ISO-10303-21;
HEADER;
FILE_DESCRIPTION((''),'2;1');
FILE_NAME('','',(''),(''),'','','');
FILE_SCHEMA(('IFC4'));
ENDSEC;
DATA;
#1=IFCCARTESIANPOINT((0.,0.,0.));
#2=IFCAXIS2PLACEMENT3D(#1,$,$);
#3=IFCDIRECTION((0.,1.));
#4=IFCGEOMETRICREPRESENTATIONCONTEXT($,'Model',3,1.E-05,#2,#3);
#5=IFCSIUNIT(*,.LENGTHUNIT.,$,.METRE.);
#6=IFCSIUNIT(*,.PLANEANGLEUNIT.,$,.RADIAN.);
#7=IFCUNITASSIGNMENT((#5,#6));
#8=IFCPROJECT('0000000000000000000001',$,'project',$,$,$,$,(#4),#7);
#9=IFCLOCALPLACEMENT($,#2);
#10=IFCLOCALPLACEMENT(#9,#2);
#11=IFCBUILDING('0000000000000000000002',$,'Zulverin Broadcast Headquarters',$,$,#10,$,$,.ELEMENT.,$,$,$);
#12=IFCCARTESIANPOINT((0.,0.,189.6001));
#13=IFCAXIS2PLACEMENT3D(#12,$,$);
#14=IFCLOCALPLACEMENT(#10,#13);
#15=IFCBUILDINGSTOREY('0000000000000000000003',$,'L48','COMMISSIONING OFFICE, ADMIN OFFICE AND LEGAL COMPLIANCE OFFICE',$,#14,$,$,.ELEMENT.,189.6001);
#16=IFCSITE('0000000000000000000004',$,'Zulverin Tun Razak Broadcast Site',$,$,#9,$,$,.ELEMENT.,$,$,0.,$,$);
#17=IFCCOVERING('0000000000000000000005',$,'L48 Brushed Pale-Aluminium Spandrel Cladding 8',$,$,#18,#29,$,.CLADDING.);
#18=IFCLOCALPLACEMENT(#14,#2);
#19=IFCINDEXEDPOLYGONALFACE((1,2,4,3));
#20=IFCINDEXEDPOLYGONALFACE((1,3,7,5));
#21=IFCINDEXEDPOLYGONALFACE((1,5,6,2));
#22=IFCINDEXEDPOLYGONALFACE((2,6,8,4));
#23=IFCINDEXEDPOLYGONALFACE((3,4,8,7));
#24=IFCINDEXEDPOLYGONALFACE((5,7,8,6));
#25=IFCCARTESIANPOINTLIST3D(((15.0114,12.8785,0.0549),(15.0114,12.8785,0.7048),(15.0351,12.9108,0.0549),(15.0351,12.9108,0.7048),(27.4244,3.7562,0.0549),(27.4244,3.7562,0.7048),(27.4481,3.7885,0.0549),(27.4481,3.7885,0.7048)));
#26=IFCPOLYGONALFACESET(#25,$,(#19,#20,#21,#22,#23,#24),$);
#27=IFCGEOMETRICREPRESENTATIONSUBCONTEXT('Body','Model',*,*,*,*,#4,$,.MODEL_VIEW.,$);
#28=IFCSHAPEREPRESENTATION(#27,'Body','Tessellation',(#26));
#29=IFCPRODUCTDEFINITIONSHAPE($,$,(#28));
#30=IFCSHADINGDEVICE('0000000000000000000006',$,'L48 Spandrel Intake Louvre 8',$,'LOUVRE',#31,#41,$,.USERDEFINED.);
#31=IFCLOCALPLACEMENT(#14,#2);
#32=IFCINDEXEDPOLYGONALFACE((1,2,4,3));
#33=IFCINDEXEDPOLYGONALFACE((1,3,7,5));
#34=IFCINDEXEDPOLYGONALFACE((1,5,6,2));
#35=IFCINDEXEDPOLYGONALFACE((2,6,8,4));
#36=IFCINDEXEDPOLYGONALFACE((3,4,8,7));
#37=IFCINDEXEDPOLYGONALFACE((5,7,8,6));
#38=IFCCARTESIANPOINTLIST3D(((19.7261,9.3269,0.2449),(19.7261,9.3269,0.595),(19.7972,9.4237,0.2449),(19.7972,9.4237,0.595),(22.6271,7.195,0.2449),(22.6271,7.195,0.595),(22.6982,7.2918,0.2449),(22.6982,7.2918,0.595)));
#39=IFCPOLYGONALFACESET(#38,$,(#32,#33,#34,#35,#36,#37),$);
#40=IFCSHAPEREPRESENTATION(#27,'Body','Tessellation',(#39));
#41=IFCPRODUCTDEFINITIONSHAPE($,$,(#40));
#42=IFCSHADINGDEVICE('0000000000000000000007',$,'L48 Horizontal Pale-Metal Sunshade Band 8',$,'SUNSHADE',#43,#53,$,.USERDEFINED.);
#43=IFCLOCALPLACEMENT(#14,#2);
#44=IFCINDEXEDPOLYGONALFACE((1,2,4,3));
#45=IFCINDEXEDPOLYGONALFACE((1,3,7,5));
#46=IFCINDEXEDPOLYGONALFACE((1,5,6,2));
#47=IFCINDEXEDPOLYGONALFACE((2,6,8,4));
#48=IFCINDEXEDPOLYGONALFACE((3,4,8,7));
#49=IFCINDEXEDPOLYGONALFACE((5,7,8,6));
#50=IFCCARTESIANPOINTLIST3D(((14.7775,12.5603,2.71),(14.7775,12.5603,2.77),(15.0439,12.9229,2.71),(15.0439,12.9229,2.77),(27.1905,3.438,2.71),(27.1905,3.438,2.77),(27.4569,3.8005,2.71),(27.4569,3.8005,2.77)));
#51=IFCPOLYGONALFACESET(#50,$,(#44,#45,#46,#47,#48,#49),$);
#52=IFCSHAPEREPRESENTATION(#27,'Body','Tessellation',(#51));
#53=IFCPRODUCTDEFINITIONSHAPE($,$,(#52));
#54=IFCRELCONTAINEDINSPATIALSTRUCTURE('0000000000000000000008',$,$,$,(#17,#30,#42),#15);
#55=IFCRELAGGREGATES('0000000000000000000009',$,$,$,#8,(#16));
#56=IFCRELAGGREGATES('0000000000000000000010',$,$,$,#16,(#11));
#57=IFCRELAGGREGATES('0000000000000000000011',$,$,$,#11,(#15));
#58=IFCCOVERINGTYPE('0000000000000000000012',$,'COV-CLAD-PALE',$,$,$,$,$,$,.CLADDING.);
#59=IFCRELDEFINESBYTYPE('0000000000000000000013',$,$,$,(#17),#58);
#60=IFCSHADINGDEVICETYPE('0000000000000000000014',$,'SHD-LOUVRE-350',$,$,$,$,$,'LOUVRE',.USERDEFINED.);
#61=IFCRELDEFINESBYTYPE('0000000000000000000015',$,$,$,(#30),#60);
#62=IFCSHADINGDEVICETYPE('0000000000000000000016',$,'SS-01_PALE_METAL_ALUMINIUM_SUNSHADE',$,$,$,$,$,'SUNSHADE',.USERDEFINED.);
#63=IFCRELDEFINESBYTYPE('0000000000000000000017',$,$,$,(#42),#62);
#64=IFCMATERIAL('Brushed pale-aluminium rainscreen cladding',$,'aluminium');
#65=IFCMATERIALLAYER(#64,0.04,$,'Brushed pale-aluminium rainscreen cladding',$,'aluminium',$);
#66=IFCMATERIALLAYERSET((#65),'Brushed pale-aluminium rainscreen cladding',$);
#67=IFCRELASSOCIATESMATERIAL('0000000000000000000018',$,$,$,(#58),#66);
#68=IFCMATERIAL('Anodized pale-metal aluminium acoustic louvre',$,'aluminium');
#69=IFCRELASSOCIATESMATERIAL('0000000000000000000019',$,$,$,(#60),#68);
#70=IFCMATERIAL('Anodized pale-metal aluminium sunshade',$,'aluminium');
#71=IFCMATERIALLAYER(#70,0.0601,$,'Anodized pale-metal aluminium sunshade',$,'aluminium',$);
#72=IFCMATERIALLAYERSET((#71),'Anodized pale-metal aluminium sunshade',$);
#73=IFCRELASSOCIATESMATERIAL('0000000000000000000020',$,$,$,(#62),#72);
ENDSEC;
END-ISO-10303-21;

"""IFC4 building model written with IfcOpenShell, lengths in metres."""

from ifc_helpers import new_model, si_unit, direction, frame, origin, origin_2d, place, context, subcontext, project, spatial, rectangle, extrude, material, layer, layer_set, type_object, element, save


model = new_model("IFC4")

# Units and contexts
model_context = context("Model", 3, precision=1e-05, world=origin(), true_north=direction((0.0, 1.0)))
body_context = subcontext(model_context, "Body", "Model", "MODEL_VIEW")
ifc_project = project(units=[si_unit("LENGTHUNIT", "METRE"), si_unit("PLANEANGLEUNIT", "RADIAN")], contexts=[model_context])

# Site, building, storey
site_placement = place(None, origin())
site = spatial("IfcSite", under=ifc_project, at=site_placement, Name="Zulverin Tun Razak Broadcast Site", CompositionType="ELEMENT", RefElevation=0.0)
building_placement = place(site_placement, origin())
building = spatial("IfcBuilding", under=site, at=building_placement, Name="Zulverin Broadcast Headquarters", CompositionType="ELEMENT")
storey_placement = place(building_placement, frame((0.0, 0.0, 189.6001)))
storey = spatial("IfcBuildingStorey", under=building, at=storey_placement, Name="L48", Description="COMMISSIONING OFFICE, ADMIN OFFICE AND LEGAL COMPLIANCE OFFICE", CompositionType="ELEMENT", Elevation=189.6001)

# Covering
ifc_material_1 = material(Name="Brushed pale-aluminium rainscreen cladding", Category="aluminium")
ifc_layer_1 = layer(ifc_material_1, 0.04, Name="Brushed pale-aluminium rainscreen cladding", Category="aluminium")
ifc_layer_set_1 = layer_set([ifc_layer_1], Name="Brushed pale-aluminium rainscreen cladding")
covering_type = type_object("IfcCoveringType", Name="COV-CLAD-PALE", PredefinedType="CLADDING", material=ifc_layer_set_1)
covering_placement = place(storey_placement, frame((21.2297, 8.3335, 0.0549), z_axis=(0.0, 0.0, 1.0), x_axis=(0.805802, -0.592185, 0.0)))
element("IfcCovering", 1, at=covering_placement, inside=storey, type_object=covering_type, Name="L48 Brushed Pale-Aluminium Spandrel Cladding 8", PredefinedType="CLADDING", context=body_context, shape_type="SweptSolid", body=[
    extrude(rectangle(XDim=15.4045, YDim=0.04, at=origin_2d()), origin(), (0.0, 0.0, 1.0), 0.6499),
])

# Shading devices
ifc_material_2 = material(Name="Anodized pale-metal aluminium acoustic louvre", Category="aluminium")
shading_device_type_1 = type_object("IfcShadingDeviceType", Name="SHD-LOUVRE-350", ElementType="LOUVRE", PredefinedType="USERDEFINED", material=ifc_material_2)
shading_device_1_placement = place(storey_placement, frame((21.2122, 8.3093, 0.2449), z_axis=(0.0, 0.0, 1.0), x_axis=(0.805802, -0.592185, 0.0)))
element("IfcShadingDevice", 2, at=shading_device_1_placement, inside=storey, type_object=shading_device_type_1, Name="L48 Spandrel Intake Louvre 8", ObjectType="LOUVRE", PredefinedType="USERDEFINED", context=body_context, shape_type="SweptSolid", body=[
    extrude(rectangle(XDim=3.6001, YDim=0.1201, at=origin_2d()), origin(), (0.0, 0.0, 1.0), 0.3501),
])
ifc_material_3 = material(Name="Anodized pale-metal aluminium sunshade", Category="aluminium")
ifc_layer_2 = layer(ifc_material_3, 0.0601, Name="Anodized pale-metal aluminium sunshade", Category="aluminium")
ifc_layer_set_2 = layer_set([ifc_layer_2], Name="Anodized pale-metal aluminium sunshade")
shading_device_type_2 = type_object("IfcShadingDeviceType", Name="SS-01_PALE_METAL_ALUMINIUM_SUNSHADE", ElementType="SUNSHADE", PredefinedType="USERDEFINED", material=ifc_layer_set_2)
shading_device_2_placement = place(storey_placement, frame((21.1172, 8.1804, 2.71), z_axis=(0.0, 0.0, 1.0), x_axis=(0.805802, -0.592185, 0.0)))
element("IfcShadingDevice", 3, at=shading_device_2_placement, inside=storey, type_object=shading_device_type_2, Name="L48 Horizontal Pale-Metal Sunshade Band 8", ObjectType="SUNSHADE", PredefinedType="USERDEFINED", context=body_context, shape_type="SweptSolid", body=[
    extrude(rectangle(XDim=15.4045, YDim=0.45, at=origin_2d()), origin(), (0.0, 0.0, 1.0), 0.0601),
])

save(model, "model.ifc")
